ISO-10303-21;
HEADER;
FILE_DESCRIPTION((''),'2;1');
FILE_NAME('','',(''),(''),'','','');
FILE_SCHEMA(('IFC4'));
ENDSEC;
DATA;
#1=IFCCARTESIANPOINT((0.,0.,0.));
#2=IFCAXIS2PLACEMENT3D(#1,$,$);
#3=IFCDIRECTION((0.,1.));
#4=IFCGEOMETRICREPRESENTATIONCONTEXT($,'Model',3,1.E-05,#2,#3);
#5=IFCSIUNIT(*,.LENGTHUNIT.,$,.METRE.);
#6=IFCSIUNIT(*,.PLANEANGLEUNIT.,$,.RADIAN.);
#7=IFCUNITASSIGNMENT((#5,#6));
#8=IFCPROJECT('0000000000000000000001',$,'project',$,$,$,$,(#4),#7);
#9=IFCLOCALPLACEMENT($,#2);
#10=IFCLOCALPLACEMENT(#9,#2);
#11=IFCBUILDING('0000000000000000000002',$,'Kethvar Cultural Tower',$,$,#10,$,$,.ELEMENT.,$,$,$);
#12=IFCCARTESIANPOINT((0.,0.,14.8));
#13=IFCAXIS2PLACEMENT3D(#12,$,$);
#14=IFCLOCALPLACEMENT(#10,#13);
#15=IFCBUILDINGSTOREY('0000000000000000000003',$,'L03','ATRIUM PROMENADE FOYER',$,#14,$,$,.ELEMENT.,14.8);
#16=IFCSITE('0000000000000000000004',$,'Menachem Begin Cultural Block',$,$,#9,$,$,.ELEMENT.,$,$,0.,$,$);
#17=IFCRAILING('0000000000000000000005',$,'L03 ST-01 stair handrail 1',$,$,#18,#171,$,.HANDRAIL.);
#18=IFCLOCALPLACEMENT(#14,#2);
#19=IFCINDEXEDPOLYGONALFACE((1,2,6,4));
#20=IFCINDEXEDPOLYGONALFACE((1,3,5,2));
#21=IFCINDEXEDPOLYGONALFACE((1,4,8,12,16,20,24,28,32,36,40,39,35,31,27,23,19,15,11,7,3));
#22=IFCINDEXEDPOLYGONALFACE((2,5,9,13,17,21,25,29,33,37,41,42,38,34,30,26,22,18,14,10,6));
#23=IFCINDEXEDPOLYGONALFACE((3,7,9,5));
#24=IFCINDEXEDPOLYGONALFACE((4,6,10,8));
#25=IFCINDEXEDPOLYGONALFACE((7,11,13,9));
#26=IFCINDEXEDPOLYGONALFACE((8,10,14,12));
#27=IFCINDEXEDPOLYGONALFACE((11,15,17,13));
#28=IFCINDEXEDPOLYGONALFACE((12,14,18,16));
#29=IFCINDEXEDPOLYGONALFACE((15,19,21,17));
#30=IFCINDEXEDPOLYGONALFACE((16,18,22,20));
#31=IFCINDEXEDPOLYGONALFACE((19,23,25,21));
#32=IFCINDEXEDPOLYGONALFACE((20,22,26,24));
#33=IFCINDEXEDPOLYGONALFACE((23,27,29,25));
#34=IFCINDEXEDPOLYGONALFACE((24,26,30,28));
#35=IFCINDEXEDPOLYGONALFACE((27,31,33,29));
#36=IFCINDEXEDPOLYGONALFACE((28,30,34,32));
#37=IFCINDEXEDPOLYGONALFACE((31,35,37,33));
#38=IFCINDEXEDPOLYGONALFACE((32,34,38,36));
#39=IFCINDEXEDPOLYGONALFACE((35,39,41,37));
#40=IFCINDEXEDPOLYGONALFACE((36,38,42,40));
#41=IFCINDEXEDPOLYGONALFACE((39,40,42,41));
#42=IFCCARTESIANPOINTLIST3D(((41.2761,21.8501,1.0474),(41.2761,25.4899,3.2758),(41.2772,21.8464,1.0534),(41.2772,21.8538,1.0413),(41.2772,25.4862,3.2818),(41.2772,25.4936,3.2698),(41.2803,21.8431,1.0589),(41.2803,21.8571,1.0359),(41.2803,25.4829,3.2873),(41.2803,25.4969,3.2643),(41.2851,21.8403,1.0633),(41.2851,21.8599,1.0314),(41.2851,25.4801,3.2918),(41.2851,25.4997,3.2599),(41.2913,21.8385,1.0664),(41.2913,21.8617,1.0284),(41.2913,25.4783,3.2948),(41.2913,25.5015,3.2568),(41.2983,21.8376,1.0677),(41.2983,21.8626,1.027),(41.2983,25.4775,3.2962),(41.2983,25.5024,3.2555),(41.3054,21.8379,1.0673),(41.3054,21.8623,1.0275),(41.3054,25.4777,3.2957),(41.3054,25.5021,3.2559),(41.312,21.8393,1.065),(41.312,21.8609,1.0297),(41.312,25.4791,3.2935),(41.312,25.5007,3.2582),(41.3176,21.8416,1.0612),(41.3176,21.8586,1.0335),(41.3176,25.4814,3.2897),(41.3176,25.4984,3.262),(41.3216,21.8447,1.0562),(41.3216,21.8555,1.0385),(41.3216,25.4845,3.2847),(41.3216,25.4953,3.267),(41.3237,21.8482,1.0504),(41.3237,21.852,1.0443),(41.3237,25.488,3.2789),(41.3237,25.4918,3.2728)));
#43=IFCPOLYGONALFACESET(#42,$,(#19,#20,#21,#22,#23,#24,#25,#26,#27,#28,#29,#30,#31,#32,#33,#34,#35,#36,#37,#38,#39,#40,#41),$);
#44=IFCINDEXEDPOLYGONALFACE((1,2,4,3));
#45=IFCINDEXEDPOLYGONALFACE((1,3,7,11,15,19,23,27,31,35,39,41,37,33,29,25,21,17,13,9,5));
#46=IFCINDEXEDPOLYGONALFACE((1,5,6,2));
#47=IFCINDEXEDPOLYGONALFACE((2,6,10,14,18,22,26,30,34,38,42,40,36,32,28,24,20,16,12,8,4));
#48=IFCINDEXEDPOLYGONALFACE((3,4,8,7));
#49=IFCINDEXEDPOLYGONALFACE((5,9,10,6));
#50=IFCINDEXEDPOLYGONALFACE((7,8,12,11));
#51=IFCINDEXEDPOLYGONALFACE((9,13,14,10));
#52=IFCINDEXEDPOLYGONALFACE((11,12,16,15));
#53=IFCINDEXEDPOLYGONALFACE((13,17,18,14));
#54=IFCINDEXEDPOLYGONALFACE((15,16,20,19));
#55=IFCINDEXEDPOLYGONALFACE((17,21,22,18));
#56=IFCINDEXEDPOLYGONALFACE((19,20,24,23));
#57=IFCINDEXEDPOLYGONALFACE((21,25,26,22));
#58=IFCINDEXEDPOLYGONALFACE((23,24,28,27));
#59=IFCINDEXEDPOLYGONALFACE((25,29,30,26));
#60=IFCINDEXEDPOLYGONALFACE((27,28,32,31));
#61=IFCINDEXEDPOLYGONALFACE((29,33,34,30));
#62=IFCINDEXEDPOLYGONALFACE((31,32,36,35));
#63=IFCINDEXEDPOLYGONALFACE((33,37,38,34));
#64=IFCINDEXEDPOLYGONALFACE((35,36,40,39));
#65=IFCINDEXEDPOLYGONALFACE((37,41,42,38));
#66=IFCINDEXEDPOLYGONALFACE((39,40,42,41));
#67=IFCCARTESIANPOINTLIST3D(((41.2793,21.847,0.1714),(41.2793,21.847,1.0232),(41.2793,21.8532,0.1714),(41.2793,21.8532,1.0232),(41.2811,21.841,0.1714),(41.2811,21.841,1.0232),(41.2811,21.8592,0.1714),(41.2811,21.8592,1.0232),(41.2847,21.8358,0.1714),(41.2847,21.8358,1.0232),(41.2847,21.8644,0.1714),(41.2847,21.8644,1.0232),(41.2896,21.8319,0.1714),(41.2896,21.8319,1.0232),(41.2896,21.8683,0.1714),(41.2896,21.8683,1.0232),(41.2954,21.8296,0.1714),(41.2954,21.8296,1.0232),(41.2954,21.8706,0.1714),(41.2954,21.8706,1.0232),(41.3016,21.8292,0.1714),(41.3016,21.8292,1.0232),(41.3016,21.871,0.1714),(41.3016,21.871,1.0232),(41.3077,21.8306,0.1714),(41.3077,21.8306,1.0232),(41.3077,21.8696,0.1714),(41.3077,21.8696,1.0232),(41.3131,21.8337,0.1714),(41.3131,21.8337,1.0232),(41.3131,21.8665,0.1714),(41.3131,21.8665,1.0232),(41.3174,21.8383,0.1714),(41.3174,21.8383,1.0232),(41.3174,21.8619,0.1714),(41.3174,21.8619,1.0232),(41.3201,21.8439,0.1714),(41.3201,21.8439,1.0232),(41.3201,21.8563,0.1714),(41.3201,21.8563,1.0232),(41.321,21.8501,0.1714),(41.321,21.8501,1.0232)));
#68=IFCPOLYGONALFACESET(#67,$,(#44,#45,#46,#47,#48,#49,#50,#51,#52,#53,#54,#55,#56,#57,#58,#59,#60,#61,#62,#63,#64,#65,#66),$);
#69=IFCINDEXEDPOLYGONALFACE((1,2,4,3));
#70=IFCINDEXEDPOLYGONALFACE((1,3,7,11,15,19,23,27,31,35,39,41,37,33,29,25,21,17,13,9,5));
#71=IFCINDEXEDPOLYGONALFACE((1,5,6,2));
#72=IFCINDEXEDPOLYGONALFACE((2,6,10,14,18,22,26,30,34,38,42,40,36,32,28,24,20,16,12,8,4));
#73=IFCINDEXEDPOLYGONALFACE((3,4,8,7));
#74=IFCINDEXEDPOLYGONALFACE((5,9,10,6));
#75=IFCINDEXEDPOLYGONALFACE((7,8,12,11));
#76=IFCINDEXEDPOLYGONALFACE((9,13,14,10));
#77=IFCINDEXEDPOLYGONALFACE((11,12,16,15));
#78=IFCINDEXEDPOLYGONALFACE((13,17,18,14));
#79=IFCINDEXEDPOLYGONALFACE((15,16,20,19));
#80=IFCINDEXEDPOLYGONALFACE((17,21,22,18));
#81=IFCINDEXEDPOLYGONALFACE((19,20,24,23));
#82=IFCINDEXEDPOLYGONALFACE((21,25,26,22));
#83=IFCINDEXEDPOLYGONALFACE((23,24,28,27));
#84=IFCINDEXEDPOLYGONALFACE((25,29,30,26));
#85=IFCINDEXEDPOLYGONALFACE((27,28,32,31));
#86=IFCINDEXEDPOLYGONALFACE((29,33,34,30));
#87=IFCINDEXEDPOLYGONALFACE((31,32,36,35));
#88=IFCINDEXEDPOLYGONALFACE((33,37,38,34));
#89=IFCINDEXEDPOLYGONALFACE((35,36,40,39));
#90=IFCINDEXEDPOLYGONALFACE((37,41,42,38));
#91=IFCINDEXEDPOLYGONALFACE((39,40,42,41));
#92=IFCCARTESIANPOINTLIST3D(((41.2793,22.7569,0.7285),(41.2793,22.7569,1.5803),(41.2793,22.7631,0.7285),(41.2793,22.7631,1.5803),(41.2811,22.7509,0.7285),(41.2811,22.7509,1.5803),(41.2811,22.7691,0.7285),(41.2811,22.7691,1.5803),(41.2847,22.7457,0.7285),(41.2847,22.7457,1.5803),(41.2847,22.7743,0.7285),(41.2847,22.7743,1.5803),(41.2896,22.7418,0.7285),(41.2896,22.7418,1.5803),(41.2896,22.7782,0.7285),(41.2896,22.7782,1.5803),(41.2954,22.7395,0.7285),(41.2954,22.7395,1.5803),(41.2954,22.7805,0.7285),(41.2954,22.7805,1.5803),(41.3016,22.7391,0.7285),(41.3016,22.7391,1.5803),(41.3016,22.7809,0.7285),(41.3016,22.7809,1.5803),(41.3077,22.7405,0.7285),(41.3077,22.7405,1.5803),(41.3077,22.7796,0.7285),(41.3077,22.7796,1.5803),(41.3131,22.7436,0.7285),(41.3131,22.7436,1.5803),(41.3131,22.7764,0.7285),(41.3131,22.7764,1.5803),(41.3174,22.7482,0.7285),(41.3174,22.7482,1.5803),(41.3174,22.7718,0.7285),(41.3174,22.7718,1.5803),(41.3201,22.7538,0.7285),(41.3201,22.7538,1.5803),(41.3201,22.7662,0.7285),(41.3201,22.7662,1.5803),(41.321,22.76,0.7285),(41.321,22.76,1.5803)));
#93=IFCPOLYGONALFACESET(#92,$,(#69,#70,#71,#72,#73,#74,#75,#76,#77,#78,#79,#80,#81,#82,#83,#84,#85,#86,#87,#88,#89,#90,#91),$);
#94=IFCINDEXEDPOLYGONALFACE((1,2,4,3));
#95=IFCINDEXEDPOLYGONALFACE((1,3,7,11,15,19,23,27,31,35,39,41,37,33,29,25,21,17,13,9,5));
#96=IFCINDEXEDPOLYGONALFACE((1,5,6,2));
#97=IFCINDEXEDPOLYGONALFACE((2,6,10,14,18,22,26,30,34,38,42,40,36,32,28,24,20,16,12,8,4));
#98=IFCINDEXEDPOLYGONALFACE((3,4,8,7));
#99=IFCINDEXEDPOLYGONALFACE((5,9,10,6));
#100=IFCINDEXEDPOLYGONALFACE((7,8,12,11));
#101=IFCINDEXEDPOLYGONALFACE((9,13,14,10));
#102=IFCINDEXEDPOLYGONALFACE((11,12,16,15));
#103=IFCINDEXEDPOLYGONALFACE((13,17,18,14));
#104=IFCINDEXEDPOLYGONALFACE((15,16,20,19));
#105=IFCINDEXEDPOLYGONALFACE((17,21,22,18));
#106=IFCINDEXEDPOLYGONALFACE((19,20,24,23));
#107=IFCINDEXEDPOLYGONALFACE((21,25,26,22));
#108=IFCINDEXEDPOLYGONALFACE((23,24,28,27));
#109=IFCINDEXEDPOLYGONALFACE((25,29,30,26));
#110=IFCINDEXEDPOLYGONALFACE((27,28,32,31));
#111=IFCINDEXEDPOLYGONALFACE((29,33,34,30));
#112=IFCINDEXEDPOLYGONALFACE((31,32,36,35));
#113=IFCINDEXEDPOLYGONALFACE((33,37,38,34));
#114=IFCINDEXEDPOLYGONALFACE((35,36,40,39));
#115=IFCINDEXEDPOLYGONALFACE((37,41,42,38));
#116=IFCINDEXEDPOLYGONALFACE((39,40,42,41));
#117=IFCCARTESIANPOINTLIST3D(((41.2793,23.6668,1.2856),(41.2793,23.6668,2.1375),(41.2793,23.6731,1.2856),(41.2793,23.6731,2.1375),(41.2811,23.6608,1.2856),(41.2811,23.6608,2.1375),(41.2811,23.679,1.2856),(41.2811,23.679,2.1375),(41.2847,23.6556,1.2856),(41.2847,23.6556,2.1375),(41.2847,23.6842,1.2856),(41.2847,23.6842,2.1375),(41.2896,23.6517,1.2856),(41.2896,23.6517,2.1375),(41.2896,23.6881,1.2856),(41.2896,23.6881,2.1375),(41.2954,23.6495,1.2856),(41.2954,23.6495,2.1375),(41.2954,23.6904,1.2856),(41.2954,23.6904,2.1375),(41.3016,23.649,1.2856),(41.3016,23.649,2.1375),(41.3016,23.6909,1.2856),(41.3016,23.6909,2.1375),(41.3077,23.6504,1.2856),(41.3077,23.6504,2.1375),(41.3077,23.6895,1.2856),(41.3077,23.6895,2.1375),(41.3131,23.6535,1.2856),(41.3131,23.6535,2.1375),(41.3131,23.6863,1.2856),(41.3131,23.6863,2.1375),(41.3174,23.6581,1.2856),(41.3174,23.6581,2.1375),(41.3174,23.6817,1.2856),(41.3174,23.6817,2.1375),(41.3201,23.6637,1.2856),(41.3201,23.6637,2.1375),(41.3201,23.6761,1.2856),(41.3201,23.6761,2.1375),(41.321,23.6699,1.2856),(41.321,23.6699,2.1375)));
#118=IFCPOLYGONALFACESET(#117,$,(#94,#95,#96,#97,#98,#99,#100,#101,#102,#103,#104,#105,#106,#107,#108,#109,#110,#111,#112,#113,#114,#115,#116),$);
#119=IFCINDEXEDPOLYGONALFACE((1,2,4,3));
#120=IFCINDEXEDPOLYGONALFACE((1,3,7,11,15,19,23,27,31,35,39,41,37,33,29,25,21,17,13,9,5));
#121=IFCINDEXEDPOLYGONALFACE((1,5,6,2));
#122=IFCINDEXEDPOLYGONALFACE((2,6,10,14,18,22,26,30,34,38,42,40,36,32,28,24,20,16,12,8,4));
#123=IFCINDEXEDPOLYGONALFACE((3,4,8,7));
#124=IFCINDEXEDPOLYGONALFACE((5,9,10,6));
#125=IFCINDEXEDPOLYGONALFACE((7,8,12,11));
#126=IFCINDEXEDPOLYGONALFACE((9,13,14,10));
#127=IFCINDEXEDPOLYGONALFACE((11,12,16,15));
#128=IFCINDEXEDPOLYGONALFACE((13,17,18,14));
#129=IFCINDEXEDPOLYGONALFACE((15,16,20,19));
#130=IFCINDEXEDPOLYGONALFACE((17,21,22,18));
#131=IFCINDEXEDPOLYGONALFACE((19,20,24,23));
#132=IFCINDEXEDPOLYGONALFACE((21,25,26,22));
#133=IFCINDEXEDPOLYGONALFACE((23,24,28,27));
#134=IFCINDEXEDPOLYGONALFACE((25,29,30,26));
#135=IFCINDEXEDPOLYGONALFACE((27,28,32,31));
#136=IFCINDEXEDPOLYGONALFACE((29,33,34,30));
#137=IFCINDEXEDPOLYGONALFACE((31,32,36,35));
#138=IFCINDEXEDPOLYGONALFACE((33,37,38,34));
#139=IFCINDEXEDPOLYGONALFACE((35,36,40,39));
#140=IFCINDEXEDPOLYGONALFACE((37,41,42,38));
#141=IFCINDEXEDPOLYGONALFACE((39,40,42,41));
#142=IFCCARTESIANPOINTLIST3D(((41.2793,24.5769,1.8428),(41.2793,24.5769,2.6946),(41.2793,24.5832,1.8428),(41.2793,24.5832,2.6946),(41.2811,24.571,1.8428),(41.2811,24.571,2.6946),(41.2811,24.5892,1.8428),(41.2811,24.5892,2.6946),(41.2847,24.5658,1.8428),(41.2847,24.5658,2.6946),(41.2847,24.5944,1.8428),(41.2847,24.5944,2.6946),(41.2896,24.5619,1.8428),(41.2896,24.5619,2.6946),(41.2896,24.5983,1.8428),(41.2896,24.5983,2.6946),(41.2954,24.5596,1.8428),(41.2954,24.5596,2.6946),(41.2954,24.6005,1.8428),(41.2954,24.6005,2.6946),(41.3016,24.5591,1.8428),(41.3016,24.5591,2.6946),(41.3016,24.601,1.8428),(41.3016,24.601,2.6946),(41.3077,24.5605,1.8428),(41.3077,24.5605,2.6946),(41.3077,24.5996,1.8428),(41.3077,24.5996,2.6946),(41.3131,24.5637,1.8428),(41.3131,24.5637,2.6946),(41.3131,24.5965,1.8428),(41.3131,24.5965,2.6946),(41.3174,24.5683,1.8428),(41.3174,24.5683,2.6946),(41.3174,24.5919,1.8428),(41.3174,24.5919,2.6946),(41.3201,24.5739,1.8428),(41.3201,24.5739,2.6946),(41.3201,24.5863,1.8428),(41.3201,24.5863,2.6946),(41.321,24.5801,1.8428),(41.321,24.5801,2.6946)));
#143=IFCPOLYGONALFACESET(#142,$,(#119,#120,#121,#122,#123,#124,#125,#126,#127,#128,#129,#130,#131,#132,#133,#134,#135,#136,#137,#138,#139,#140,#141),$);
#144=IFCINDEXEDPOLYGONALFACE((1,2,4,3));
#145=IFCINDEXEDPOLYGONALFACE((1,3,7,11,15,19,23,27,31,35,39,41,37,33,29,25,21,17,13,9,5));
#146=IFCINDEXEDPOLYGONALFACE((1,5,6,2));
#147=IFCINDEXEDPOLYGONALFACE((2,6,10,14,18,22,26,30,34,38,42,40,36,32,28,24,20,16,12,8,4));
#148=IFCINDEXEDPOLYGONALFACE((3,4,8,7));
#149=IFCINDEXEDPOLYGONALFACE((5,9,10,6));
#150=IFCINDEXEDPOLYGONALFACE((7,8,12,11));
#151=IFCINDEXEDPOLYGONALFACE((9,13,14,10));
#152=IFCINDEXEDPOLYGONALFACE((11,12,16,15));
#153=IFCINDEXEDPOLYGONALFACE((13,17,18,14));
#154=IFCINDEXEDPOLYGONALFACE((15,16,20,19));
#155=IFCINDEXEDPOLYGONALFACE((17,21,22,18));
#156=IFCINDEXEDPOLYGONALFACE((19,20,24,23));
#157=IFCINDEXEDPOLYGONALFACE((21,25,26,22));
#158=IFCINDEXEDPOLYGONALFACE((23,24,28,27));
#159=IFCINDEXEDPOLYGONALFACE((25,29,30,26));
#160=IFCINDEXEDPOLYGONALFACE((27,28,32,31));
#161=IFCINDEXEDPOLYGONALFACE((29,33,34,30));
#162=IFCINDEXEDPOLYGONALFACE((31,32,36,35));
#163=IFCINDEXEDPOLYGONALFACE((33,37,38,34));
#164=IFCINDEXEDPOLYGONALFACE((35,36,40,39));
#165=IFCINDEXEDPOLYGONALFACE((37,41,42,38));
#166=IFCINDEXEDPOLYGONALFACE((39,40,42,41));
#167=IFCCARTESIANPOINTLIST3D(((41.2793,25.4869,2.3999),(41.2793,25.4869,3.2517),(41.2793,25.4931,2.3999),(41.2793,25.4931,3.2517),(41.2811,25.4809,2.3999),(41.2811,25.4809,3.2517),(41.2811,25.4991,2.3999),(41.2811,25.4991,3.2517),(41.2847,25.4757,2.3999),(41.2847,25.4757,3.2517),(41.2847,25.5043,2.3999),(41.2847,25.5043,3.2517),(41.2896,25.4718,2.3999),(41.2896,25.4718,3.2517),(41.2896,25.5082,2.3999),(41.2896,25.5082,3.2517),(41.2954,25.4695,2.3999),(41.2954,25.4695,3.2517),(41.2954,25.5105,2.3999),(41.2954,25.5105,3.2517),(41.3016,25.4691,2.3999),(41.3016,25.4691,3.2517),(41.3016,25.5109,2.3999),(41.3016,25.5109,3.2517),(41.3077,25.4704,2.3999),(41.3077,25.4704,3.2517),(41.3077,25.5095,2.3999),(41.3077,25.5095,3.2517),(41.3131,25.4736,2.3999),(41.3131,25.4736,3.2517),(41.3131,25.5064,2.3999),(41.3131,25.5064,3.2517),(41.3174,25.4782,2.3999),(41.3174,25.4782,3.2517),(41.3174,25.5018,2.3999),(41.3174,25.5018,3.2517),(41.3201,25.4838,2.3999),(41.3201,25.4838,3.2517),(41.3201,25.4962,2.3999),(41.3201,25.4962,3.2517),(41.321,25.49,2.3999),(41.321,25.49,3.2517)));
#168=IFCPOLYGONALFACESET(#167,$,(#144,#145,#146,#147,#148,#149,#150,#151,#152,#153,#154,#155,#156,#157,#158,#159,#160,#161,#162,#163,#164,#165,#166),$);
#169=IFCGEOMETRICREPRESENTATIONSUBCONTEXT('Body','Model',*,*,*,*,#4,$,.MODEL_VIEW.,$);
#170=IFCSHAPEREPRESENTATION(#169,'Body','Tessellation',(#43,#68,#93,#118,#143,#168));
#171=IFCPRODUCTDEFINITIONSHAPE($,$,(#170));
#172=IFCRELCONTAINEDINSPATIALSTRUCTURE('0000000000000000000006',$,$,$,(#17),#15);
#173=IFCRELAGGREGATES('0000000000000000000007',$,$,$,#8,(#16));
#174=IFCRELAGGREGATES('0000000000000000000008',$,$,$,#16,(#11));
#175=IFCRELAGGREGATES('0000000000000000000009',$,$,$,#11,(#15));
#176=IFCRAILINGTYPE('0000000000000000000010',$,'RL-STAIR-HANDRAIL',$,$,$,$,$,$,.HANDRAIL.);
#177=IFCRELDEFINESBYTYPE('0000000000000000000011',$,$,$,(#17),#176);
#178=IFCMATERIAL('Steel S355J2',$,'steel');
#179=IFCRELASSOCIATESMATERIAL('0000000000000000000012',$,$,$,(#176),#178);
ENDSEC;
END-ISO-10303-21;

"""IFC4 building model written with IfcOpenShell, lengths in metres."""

from ifc_helpers import new_model, si_unit, direction, frame, origin, origin_2d, place, context, subcontext, project, spatial, circle, extrude, material, type_object, element, save


model = new_model("IFC4")

# Units and contexts
model_context = context("Model", 3, precision=1e-05, world=origin(), true_north=direction((0.0, 1.0)))
body_context = subcontext(model_context, "Body", "Model", "MODEL_VIEW")
ifc_project = project(units=[si_unit("LENGTHUNIT", "METRE"), si_unit("PLANEANGLEUNIT", "RADIAN")], contexts=[model_context])

# Site, building, storey
site_placement = place(None, origin())
site = spatial("IfcSite", under=ifc_project, at=site_placement, Name="Menachem Begin Cultural Block", CompositionType="ELEMENT", RefElevation=0.0)
building_placement = place(site_placement, origin())
building = spatial("IfcBuilding", under=site, at=building_placement, Name="Kethvar Cultural Tower", CompositionType="ELEMENT")
storey_placement = place(building_placement, frame((0.0, 0.0, 14.8)))
storey = spatial("IfcBuildingStorey", under=building, at=storey_placement, Name="L03", Description="ATRIUM PROMENADE FOYER", CompositionType="ELEMENT", Elevation=14.8)

# Shared definitions
ifc_material_1 = material(Name="Steel S355J2", Category="steel")

# Railing
railing_type_1 = type_object("IfcRailingType", Name="RL-STAIR-HANDRAIL", PredefinedType="HANDRAIL", material=ifc_material_1)
railing_1_placement = place(storey_placement, frame((41.3, 21.8501, 0.1714)))
element("IfcRailing", 1, at=railing_1_placement, inside=storey, type_object=railing_type_1, Name="L03 ST-01 stair handrail 1", PredefinedType="HANDRAIL", context=body_context, shape_type="SweptSolid", body=[
    extrude(circle(Radius=0.0239, at=origin_2d()), frame((0.0, 0.0, 0.876), z_axis=(0.0, 0.85285, 0.522156), x_axis=(-1.0, 0.0, 0.0)), (0.0, 0.0, 1.0), 4.2678),
    extrude(circle(Radius=0.021, at=origin_2d()), origin(), (0.0, 0.0, 1.0), 0.8518),
    extrude(circle(Radius=0.021, at=origin_2d()), frame((0.0, 0.9099, 0.5571)), (0.0, 0.0, 1.0), 0.8518),
    extrude(circle(Radius=0.021, at=origin_2d()), frame((0.0, 1.8198, 1.1143)), (0.0, 0.0, 1.0), 0.8518),
    extrude(circle(Radius=0.021, at=origin_2d()), frame((0.0, 2.73, 1.6714)), (0.0, 0.0, 1.0), 0.8518),
    extrude(circle(Radius=0.021, at=origin_2d()), frame((0.0, 3.6399, 2.2285)), (0.0, 0.0, 1.0), 0.8518),
])

save(model, "model.ifc")
